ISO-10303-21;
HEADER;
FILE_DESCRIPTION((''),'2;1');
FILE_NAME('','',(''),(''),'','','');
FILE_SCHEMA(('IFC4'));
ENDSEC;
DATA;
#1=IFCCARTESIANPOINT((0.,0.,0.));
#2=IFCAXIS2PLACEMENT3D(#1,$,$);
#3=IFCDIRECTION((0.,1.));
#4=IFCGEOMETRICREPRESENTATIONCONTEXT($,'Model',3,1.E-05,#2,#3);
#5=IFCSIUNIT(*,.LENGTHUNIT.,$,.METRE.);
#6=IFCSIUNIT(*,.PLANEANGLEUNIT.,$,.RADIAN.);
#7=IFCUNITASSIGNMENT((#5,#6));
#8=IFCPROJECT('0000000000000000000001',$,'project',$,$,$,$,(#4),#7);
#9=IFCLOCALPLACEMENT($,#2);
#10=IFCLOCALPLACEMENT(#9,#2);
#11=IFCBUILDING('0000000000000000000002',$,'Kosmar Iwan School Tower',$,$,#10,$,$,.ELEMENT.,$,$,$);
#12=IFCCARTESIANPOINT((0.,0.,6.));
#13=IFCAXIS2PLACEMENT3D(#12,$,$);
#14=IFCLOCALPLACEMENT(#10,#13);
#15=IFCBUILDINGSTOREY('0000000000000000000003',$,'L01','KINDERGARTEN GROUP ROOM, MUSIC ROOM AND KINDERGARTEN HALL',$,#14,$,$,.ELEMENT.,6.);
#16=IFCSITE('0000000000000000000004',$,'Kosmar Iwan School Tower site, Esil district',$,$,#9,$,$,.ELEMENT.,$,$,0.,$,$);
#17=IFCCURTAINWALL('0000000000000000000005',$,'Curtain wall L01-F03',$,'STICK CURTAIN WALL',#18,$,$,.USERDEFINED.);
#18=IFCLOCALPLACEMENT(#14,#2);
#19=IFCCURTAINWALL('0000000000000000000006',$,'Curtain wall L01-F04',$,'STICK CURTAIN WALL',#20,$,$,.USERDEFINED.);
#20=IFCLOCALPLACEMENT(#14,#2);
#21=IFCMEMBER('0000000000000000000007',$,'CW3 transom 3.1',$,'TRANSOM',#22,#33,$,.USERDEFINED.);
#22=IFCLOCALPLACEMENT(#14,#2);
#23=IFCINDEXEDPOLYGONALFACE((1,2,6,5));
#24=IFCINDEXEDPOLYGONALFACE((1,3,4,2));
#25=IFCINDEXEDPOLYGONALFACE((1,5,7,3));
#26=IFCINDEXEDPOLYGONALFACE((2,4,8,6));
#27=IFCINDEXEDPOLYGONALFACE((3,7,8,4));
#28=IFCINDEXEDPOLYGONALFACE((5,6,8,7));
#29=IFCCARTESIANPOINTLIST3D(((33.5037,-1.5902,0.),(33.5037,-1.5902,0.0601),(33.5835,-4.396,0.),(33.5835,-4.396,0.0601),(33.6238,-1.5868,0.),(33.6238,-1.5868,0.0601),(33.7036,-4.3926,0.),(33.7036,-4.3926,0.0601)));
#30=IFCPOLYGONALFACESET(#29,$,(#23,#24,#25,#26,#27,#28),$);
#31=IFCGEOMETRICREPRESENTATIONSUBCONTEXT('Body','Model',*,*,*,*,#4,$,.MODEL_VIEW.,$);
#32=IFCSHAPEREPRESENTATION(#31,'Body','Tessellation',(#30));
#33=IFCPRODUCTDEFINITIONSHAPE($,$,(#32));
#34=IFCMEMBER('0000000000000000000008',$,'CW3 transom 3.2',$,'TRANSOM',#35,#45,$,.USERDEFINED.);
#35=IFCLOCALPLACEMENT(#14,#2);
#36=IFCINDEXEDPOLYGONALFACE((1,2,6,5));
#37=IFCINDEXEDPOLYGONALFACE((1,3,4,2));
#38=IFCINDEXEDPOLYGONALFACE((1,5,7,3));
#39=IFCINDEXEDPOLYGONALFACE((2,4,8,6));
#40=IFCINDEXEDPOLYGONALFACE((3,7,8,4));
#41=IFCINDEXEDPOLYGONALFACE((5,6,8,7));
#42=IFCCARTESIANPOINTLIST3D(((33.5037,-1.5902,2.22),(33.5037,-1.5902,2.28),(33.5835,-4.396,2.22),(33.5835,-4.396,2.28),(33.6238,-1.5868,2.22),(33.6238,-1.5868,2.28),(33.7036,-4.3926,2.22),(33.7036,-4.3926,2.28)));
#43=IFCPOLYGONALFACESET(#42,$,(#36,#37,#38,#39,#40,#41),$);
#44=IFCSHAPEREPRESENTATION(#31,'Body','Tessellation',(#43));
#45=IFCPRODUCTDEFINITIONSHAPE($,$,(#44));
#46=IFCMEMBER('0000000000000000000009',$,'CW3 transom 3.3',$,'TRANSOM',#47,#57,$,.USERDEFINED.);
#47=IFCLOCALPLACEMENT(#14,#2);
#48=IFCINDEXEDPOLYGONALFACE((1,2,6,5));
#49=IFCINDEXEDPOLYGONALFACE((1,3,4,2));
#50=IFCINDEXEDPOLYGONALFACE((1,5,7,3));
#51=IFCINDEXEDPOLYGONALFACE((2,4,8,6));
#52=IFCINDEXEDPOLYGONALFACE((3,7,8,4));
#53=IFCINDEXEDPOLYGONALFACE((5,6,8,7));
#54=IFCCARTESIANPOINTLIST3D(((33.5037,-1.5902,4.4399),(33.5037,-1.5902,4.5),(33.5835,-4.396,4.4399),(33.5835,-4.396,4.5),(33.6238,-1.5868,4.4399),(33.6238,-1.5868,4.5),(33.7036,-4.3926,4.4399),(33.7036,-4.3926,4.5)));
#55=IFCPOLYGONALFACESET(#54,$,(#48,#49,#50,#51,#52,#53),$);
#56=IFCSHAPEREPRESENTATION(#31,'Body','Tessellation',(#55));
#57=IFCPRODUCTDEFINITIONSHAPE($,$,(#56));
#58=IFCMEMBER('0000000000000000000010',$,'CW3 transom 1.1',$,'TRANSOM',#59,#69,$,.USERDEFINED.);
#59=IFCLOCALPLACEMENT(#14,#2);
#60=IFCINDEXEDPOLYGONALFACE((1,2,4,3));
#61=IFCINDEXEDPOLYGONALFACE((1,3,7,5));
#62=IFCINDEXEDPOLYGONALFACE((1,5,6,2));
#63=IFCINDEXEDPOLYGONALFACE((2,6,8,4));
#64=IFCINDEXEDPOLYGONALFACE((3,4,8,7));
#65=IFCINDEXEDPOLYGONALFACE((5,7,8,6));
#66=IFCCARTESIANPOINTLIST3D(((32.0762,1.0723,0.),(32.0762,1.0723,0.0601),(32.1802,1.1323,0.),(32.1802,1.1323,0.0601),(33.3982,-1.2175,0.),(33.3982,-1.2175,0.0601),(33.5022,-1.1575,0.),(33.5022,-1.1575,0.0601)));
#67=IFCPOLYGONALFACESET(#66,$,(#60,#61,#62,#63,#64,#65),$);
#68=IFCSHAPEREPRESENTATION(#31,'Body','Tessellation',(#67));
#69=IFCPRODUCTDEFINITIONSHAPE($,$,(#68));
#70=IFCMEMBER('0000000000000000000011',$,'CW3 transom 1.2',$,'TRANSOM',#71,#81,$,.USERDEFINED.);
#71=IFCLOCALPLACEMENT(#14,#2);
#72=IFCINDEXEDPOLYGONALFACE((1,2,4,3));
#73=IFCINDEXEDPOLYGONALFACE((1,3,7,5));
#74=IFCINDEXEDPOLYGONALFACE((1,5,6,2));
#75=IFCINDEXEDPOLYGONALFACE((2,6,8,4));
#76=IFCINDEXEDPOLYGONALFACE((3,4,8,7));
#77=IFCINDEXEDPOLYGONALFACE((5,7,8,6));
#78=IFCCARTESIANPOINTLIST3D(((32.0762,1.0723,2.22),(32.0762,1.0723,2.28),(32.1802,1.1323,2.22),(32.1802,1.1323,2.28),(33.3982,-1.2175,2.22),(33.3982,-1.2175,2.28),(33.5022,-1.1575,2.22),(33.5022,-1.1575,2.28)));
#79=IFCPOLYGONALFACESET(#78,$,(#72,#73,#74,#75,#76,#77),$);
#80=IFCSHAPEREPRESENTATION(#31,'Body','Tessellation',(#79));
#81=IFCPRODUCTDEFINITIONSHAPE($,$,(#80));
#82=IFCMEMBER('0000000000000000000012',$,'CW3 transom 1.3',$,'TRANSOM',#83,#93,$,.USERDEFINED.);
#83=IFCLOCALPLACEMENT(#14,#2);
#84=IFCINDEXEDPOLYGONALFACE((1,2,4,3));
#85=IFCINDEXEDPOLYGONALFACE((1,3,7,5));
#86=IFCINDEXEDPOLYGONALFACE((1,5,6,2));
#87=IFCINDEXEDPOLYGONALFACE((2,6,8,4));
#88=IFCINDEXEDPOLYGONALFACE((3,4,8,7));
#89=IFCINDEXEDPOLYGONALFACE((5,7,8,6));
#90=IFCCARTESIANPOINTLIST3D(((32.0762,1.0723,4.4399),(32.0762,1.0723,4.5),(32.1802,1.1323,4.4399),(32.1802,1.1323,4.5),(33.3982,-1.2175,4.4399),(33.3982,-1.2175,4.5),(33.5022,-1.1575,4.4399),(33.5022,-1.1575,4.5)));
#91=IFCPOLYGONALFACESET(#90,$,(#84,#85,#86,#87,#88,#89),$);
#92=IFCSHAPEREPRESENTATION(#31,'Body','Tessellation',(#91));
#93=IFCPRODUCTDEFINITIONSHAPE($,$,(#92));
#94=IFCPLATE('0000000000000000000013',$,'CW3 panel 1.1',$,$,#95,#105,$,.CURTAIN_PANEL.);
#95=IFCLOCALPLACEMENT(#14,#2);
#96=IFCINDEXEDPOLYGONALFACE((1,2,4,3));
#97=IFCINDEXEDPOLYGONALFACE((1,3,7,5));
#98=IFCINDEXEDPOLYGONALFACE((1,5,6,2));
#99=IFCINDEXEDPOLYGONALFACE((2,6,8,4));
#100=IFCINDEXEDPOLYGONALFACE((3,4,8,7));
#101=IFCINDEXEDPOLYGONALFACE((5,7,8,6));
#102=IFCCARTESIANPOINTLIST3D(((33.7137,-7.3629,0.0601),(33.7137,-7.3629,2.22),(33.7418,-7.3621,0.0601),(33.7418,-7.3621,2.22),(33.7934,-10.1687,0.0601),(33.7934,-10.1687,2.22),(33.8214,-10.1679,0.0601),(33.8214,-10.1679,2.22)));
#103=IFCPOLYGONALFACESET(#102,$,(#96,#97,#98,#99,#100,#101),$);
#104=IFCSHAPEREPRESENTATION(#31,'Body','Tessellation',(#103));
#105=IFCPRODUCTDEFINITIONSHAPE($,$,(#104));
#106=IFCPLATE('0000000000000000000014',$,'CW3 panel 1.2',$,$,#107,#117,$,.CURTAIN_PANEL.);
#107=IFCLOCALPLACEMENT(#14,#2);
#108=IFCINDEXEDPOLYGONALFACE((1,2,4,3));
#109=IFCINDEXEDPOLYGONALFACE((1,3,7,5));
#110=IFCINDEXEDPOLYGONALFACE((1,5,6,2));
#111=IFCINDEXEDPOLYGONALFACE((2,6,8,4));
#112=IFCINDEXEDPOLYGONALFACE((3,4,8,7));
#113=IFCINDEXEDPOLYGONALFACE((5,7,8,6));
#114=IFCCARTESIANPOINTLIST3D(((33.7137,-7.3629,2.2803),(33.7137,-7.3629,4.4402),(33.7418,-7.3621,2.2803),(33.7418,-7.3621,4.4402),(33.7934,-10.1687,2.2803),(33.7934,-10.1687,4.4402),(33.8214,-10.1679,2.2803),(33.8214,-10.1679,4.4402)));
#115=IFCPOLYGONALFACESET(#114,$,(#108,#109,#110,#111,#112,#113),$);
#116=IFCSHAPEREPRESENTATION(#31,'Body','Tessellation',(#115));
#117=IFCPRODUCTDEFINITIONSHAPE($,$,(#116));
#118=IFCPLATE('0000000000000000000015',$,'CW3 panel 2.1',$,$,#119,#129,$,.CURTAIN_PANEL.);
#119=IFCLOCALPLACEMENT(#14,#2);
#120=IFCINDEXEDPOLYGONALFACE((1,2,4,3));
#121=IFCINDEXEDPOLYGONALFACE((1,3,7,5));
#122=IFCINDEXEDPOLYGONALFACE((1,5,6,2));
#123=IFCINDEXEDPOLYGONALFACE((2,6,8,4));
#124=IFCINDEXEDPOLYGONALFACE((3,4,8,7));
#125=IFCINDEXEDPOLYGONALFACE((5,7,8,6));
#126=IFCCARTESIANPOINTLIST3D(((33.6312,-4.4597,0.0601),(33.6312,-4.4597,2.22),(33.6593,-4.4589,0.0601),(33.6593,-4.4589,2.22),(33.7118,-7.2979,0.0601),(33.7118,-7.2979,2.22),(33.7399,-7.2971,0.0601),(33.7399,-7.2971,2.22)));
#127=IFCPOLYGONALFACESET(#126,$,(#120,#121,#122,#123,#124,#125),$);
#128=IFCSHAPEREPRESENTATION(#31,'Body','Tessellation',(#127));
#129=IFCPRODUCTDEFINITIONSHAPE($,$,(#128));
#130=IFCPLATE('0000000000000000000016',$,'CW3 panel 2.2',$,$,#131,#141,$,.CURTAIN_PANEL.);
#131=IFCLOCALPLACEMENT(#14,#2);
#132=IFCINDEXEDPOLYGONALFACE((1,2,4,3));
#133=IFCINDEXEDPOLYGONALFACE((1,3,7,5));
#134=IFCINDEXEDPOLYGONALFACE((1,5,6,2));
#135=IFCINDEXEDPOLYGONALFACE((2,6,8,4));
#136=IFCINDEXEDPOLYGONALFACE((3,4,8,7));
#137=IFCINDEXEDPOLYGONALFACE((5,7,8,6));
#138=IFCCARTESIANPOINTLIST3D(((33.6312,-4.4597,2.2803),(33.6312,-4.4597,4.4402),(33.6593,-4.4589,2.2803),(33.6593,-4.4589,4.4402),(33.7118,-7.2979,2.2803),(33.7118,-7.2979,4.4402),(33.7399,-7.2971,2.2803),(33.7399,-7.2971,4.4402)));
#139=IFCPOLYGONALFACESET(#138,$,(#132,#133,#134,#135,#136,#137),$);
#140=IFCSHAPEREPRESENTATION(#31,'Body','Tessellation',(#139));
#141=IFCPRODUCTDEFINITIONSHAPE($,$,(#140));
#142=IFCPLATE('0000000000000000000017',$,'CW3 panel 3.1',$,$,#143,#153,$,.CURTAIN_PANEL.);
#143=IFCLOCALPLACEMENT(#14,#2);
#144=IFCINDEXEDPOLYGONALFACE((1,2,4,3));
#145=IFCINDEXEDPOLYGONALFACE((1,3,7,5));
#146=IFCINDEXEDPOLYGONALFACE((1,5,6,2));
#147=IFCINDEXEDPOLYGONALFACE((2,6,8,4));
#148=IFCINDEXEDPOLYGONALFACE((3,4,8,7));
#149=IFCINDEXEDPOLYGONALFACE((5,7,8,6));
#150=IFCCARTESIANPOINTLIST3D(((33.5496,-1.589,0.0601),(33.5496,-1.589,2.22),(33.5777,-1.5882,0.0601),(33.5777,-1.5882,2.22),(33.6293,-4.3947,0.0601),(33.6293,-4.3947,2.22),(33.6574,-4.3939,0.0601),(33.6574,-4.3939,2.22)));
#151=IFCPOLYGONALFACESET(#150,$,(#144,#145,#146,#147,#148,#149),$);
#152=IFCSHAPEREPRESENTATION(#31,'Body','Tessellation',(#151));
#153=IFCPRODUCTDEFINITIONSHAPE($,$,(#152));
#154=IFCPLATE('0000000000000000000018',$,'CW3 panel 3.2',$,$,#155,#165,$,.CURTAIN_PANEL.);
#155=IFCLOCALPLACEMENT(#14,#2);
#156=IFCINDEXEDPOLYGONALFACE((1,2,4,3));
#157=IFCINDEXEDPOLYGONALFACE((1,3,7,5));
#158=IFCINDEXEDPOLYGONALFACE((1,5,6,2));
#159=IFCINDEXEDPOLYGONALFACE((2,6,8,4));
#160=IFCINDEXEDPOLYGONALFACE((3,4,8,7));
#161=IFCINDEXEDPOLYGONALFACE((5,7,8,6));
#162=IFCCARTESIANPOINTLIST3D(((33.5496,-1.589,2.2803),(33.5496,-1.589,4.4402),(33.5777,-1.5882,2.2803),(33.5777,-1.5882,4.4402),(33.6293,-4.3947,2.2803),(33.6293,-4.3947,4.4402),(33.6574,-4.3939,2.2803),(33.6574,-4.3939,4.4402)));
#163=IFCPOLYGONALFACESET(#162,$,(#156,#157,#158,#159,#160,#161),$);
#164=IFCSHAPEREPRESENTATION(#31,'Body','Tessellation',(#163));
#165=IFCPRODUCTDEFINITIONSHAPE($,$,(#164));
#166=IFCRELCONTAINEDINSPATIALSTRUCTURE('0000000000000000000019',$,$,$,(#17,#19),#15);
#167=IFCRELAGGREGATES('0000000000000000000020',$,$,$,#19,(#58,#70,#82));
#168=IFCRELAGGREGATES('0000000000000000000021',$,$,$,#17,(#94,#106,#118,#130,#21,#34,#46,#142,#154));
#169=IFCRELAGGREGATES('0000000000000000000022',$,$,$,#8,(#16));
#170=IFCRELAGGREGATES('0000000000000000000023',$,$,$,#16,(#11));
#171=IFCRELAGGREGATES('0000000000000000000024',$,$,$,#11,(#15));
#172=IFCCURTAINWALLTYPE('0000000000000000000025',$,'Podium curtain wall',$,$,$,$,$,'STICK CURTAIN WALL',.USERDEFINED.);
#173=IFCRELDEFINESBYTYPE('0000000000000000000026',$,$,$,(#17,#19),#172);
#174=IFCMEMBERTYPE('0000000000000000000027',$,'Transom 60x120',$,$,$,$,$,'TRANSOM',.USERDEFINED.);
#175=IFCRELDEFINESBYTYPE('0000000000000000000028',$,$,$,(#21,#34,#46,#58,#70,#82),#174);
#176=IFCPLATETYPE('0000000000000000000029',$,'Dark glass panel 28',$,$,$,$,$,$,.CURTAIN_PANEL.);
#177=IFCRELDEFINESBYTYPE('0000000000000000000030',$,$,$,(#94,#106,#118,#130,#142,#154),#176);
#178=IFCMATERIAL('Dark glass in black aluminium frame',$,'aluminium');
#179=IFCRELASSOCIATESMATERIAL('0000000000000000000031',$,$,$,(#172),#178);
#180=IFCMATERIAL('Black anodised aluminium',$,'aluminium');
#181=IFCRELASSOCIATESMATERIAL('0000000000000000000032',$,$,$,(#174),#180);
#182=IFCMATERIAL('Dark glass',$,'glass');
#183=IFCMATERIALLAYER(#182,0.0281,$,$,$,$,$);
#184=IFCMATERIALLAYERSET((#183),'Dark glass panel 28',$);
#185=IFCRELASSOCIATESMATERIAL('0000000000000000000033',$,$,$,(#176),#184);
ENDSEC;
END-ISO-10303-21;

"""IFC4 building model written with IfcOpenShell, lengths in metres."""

from ifc_helpers import new_model, si_unit, direction, frame, origin, origin_2d, place, context, subcontext, project, spatial, rectangle, extrude, material, layer, layer_set, material_profile, profile_set, type_object, element, aggregate, save


model = new_model("IFC4")

# Units and contexts
model_context = context("Model", 3, precision=1e-05, world=origin(), true_north=direction((0.0, 1.0)))
body_context = subcontext(model_context, "Body", "Model", "MODEL_VIEW")
ifc_project = project(units=[si_unit("LENGTHUNIT", "METRE"), si_unit("PLANEANGLEUNIT", "RADIAN")], contexts=[model_context])

# Site, building, storey
site_placement = place(None, origin())
site = spatial("IfcSite", under=ifc_project, at=site_placement, Name="Kosmar Iwan School Tower site, Esil district", CompositionType="ELEMENT", RefElevation=0.0)
building_placement = place(site_placement, origin())
building = spatial("IfcBuilding", under=site, at=building_placement, Name="Kosmar Iwan School Tower", CompositionType="ELEMENT")
storey_placement = place(building_placement, frame((0.0, 0.0, 6.0)))
storey = spatial("IfcBuildingStorey", under=building, at=storey_placement, Name="L01", Description="KINDERGARTEN GROUP ROOM, MUSIC ROOM AND KINDERGARTEN HALL", CompositionType="ELEMENT", Elevation=6.0)

# Curtain wall
ifc_material_1 = material(Name="Dark glass in black aluminium frame", Category="aluminium")
curtain_wall_type_1 = type_object("IfcCurtainWallType", Name="Podium curtain wall", ElementType="STICK CURTAIN WALL", PredefinedType="USERDEFINED", material=ifc_material_1)
curtain_wall_1_placement = place(storey_placement, origin())
curtain_wall_1 = element("IfcCurtainWall", 1, at=curtain_wall_1_placement, inside=storey, type_object=curtain_wall_type_1, Name="Curtain wall L01-F03", ObjectType="STICK CURTAIN WALL", PredefinedType="USERDEFINED")

# Curtain wall
curtain_wall_2_placement = place(storey_placement, origin())
curtain_wall_2 = element("IfcCurtainWall", 2, at=curtain_wall_2_placement, inside=storey, type_object=curtain_wall_type_1, Name="Curtain wall L01-F04", ObjectType="STICK CURTAIN WALL", PredefinedType="USERDEFINED")

# Members
ifc_material_2 = material(Name="Black anodised aluminium", Category="aluminium")
ifc_material_profile_1 = material_profile(ifc_material_2, rectangle(XDim=0.1201, YDim=0.0601, at=origin_2d()), Name="TRANSOM 60x120")
ifc_profile_set_1 = profile_set([ifc_material_profile_1], Name="Black anodised aluminium")
member_type_1 = type_object("IfcMemberType", Name="Transom 60x120", ElementType="TRANSOM", PredefinedType="USERDEFINED", material=ifc_profile_set_1)
member_1_placement = place(storey_placement, frame((33.6436, -4.3943, 0.03), z_axis=(-0.028443, 0.999595, 0.0), x_axis=(-0.999595, -0.028443, 0.0)))
member_1 = element("IfcMember", 3, at=member_1_placement, type_object=member_type_1, Name="CW3 transom 3.1", ObjectType="TRANSOM", PredefinedType="USERDEFINED", context=body_context, shape_type="SweptSolid", body=[
    extrude(rectangle(XDim=0.1201, YDim=0.0601, at=origin_2d()), origin(), (0.0, 0.0, 1.0), 2.8069),
])
member_2_placement = place(storey_placement, frame((33.6436, -4.3943, 2.25), z_axis=(-0.028443, 0.999595, 0.0), x_axis=(-0.999595, -0.028443, 0.0)))
member_2 = element("IfcMember", 4, at=member_2_placement, type_object=member_type_1, Name="CW3 transom 3.2", ObjectType="TRANSOM", PredefinedType="USERDEFINED", context=body_context, shape_type="SweptSolid", body=[
    extrude(rectangle(XDim=0.1201, YDim=0.0601, at=origin_2d()), origin(), (0.0, 0.0, 1.0), 2.8069),
])
member_3_placement = place(storey_placement, frame((33.6436, -4.3943, 4.47), z_axis=(-0.028443, 0.999595, 0.0), x_axis=(-0.999595, -0.028443, 0.0)))
member_3 = element("IfcMember", 5, at=member_3_placement, type_object=member_type_1, Name="CW3 transom 3.3", ObjectType="TRANSOM", PredefinedType="USERDEFINED", context=body_context, shape_type="SweptSolid", body=[
    extrude(rectangle(XDim=0.1201, YDim=0.0601, at=origin_2d()), origin(), (0.0, 0.0, 1.0), 2.8069),
])
member_4_placement = place(storey_placement, frame((33.4502, -1.1875, 0.03), z_axis=(-0.500002, 0.866024, 0.0), x_axis=(-0.866024, -0.500002, 0.0)))
member_4 = element("IfcMember", 6, at=member_4_placement, type_object=member_type_1, Name="CW3 transom 1.1", ObjectType="TRANSOM", PredefinedType="USERDEFINED", context=body_context, shape_type="SweptSolid", body=[
    extrude(rectangle(XDim=0.1201, YDim=0.0601, at=origin_2d()), origin(), (0.0, 0.0, 1.0), 2.644),
])
member_5_placement = place(storey_placement, frame((33.4502, -1.1875, 2.25), z_axis=(-0.500002, 0.866024, 0.0), x_axis=(-0.866024, -0.500002, 0.0)))
member_5 = element("IfcMember", 7, at=member_5_placement, type_object=member_type_1, Name="CW3 transom 1.2", ObjectType="TRANSOM", PredefinedType="USERDEFINED", context=body_context, shape_type="SweptSolid", body=[
    extrude(rectangle(XDim=0.1201, YDim=0.0601, at=origin_2d()), origin(), (0.0, 0.0, 1.0), 2.644),
])
member_6_placement = place(storey_placement, frame((33.4502, -1.1875, 4.47), z_axis=(-0.500002, 0.866024, 0.0), x_axis=(-0.866024, -0.500002, 0.0)))
member_6 = element("IfcMember", 8, at=member_6_placement, type_object=member_type_1, Name="CW3 transom 1.3", ObjectType="TRANSOM", PredefinedType="USERDEFINED", context=body_context, shape_type="SweptSolid", body=[
    extrude(rectangle(XDim=0.1201, YDim=0.0601, at=origin_2d()), origin(), (0.0, 0.0, 1.0), 2.644),
])
aggregate(curtain_wall_2, [member_4, member_5, member_6])

# Plates
ifc_material_3 = material(Name="Dark glass", Category="glass")
ifc_layer = layer(ifc_material_3, 0.0281)
ifc_layer_set = layer_set([ifc_layer], Name="Dark glass panel 28")
plate_type = type_object("IfcPlateType", Name="Dark glass panel 28", PredefinedType="CURTAIN_PANEL", material=ifc_layer_set)
plate_1_placement = place(storey_placement, frame((33.7676, -8.7654, 0.0601), z_axis=(0.0, 0.0, 1.0), x_axis=(-0.028386, 0.999597, 0.0)))
plate_1 = element("IfcPlate", 9, at=plate_1_placement, type_object=plate_type, Name="CW3 panel 1.1", PredefinedType="CURTAIN_PANEL", context=body_context, shape_type="SweptSolid", body=[
    extrude(rectangle(XDim=2.8069, YDim=0.0281, at=origin_2d()), origin(), (0.0, 0.0, 1.0), 2.1599),
])
plate_2_placement = place(storey_placement, frame((33.7676, -8.7654, 2.2803), z_axis=(0.0, 0.0, 1.0), x_axis=(-0.028386, 0.999597, 0.0)))
plate_2 = element("IfcPlate", 10, at=plate_2_placement, type_object=plate_type, Name="CW3 panel 1.2", PredefinedType="CURTAIN_PANEL", context=body_context, shape_type="SweptSolid", body=[
    extrude(rectangle(XDim=2.8069, YDim=0.0281, at=origin_2d()), origin(), (0.0, 0.0, 1.0), 2.1599),
])
plate_3_placement = place(storey_placement, frame((33.6855, -5.8784, 0.0601), z_axis=(0.0, 0.0, 1.0), x_axis=(-0.028386, 0.999597, 0.0)))
plate_3 = element("IfcPlate", 11, at=plate_3_placement, type_object=plate_type, Name="CW3 panel 2.1", PredefinedType="CURTAIN_PANEL", context=body_context, shape_type="SweptSolid", body=[
    extrude(rectangle(XDim=2.8394, YDim=0.0281, at=origin_2d()), origin(), (0.0, 0.0, 1.0), 2.1599),
])
plate_4_placement = place(storey_placement, frame((33.6855, -5.8784, 2.2803), z_axis=(0.0, 0.0, 1.0), x_axis=(-0.028386, 0.999597, 0.0)))
plate_4 = element("IfcPlate", 12, at=plate_4_placement, type_object=plate_type, Name="CW3 panel 2.2", PredefinedType="CURTAIN_PANEL", context=body_context, shape_type="SweptSolid", body=[
    extrude(rectangle(XDim=2.8394, YDim=0.0281, at=origin_2d()), origin(), (0.0, 0.0, 1.0), 2.1599),
])
plate_5_placement = place(storey_placement, frame((33.6035, -2.9915, 0.0601), z_axis=(0.0, 0.0, 1.0), x_axis=(-0.028386, 0.999597, 0.0)))
plate_5 = element("IfcPlate", 13, at=plate_5_placement, type_object=plate_type, Name="CW3 panel 3.1", PredefinedType="CURTAIN_PANEL", context=body_context, shape_type="SweptSolid", body=[
    extrude(rectangle(XDim=2.8069, YDim=0.0281, at=origin_2d()), origin(), (0.0, 0.0, 1.0), 2.1599),
])
plate_6_placement = place(storey_placement, frame((33.6035, -2.9915, 2.2803), z_axis=(0.0, 0.0, 1.0), x_axis=(-0.028386, 0.999597, 0.0)))
plate_6 = element("IfcPlate", 14, at=plate_6_placement, type_object=plate_type, Name="CW3 panel 3.2", PredefinedType="CURTAIN_PANEL", context=body_context, shape_type="SweptSolid", body=[
    extrude(rectangle(XDim=2.8069, YDim=0.0281, at=origin_2d()), origin(), (0.0, 0.0, 1.0), 2.1599),
])
aggregate(curtain_wall_1, [plate_1, plate_2, plate_3, plate_4, member_1, member_2, member_3, plate_5, plate_6])

save(model, "model.ifc")
